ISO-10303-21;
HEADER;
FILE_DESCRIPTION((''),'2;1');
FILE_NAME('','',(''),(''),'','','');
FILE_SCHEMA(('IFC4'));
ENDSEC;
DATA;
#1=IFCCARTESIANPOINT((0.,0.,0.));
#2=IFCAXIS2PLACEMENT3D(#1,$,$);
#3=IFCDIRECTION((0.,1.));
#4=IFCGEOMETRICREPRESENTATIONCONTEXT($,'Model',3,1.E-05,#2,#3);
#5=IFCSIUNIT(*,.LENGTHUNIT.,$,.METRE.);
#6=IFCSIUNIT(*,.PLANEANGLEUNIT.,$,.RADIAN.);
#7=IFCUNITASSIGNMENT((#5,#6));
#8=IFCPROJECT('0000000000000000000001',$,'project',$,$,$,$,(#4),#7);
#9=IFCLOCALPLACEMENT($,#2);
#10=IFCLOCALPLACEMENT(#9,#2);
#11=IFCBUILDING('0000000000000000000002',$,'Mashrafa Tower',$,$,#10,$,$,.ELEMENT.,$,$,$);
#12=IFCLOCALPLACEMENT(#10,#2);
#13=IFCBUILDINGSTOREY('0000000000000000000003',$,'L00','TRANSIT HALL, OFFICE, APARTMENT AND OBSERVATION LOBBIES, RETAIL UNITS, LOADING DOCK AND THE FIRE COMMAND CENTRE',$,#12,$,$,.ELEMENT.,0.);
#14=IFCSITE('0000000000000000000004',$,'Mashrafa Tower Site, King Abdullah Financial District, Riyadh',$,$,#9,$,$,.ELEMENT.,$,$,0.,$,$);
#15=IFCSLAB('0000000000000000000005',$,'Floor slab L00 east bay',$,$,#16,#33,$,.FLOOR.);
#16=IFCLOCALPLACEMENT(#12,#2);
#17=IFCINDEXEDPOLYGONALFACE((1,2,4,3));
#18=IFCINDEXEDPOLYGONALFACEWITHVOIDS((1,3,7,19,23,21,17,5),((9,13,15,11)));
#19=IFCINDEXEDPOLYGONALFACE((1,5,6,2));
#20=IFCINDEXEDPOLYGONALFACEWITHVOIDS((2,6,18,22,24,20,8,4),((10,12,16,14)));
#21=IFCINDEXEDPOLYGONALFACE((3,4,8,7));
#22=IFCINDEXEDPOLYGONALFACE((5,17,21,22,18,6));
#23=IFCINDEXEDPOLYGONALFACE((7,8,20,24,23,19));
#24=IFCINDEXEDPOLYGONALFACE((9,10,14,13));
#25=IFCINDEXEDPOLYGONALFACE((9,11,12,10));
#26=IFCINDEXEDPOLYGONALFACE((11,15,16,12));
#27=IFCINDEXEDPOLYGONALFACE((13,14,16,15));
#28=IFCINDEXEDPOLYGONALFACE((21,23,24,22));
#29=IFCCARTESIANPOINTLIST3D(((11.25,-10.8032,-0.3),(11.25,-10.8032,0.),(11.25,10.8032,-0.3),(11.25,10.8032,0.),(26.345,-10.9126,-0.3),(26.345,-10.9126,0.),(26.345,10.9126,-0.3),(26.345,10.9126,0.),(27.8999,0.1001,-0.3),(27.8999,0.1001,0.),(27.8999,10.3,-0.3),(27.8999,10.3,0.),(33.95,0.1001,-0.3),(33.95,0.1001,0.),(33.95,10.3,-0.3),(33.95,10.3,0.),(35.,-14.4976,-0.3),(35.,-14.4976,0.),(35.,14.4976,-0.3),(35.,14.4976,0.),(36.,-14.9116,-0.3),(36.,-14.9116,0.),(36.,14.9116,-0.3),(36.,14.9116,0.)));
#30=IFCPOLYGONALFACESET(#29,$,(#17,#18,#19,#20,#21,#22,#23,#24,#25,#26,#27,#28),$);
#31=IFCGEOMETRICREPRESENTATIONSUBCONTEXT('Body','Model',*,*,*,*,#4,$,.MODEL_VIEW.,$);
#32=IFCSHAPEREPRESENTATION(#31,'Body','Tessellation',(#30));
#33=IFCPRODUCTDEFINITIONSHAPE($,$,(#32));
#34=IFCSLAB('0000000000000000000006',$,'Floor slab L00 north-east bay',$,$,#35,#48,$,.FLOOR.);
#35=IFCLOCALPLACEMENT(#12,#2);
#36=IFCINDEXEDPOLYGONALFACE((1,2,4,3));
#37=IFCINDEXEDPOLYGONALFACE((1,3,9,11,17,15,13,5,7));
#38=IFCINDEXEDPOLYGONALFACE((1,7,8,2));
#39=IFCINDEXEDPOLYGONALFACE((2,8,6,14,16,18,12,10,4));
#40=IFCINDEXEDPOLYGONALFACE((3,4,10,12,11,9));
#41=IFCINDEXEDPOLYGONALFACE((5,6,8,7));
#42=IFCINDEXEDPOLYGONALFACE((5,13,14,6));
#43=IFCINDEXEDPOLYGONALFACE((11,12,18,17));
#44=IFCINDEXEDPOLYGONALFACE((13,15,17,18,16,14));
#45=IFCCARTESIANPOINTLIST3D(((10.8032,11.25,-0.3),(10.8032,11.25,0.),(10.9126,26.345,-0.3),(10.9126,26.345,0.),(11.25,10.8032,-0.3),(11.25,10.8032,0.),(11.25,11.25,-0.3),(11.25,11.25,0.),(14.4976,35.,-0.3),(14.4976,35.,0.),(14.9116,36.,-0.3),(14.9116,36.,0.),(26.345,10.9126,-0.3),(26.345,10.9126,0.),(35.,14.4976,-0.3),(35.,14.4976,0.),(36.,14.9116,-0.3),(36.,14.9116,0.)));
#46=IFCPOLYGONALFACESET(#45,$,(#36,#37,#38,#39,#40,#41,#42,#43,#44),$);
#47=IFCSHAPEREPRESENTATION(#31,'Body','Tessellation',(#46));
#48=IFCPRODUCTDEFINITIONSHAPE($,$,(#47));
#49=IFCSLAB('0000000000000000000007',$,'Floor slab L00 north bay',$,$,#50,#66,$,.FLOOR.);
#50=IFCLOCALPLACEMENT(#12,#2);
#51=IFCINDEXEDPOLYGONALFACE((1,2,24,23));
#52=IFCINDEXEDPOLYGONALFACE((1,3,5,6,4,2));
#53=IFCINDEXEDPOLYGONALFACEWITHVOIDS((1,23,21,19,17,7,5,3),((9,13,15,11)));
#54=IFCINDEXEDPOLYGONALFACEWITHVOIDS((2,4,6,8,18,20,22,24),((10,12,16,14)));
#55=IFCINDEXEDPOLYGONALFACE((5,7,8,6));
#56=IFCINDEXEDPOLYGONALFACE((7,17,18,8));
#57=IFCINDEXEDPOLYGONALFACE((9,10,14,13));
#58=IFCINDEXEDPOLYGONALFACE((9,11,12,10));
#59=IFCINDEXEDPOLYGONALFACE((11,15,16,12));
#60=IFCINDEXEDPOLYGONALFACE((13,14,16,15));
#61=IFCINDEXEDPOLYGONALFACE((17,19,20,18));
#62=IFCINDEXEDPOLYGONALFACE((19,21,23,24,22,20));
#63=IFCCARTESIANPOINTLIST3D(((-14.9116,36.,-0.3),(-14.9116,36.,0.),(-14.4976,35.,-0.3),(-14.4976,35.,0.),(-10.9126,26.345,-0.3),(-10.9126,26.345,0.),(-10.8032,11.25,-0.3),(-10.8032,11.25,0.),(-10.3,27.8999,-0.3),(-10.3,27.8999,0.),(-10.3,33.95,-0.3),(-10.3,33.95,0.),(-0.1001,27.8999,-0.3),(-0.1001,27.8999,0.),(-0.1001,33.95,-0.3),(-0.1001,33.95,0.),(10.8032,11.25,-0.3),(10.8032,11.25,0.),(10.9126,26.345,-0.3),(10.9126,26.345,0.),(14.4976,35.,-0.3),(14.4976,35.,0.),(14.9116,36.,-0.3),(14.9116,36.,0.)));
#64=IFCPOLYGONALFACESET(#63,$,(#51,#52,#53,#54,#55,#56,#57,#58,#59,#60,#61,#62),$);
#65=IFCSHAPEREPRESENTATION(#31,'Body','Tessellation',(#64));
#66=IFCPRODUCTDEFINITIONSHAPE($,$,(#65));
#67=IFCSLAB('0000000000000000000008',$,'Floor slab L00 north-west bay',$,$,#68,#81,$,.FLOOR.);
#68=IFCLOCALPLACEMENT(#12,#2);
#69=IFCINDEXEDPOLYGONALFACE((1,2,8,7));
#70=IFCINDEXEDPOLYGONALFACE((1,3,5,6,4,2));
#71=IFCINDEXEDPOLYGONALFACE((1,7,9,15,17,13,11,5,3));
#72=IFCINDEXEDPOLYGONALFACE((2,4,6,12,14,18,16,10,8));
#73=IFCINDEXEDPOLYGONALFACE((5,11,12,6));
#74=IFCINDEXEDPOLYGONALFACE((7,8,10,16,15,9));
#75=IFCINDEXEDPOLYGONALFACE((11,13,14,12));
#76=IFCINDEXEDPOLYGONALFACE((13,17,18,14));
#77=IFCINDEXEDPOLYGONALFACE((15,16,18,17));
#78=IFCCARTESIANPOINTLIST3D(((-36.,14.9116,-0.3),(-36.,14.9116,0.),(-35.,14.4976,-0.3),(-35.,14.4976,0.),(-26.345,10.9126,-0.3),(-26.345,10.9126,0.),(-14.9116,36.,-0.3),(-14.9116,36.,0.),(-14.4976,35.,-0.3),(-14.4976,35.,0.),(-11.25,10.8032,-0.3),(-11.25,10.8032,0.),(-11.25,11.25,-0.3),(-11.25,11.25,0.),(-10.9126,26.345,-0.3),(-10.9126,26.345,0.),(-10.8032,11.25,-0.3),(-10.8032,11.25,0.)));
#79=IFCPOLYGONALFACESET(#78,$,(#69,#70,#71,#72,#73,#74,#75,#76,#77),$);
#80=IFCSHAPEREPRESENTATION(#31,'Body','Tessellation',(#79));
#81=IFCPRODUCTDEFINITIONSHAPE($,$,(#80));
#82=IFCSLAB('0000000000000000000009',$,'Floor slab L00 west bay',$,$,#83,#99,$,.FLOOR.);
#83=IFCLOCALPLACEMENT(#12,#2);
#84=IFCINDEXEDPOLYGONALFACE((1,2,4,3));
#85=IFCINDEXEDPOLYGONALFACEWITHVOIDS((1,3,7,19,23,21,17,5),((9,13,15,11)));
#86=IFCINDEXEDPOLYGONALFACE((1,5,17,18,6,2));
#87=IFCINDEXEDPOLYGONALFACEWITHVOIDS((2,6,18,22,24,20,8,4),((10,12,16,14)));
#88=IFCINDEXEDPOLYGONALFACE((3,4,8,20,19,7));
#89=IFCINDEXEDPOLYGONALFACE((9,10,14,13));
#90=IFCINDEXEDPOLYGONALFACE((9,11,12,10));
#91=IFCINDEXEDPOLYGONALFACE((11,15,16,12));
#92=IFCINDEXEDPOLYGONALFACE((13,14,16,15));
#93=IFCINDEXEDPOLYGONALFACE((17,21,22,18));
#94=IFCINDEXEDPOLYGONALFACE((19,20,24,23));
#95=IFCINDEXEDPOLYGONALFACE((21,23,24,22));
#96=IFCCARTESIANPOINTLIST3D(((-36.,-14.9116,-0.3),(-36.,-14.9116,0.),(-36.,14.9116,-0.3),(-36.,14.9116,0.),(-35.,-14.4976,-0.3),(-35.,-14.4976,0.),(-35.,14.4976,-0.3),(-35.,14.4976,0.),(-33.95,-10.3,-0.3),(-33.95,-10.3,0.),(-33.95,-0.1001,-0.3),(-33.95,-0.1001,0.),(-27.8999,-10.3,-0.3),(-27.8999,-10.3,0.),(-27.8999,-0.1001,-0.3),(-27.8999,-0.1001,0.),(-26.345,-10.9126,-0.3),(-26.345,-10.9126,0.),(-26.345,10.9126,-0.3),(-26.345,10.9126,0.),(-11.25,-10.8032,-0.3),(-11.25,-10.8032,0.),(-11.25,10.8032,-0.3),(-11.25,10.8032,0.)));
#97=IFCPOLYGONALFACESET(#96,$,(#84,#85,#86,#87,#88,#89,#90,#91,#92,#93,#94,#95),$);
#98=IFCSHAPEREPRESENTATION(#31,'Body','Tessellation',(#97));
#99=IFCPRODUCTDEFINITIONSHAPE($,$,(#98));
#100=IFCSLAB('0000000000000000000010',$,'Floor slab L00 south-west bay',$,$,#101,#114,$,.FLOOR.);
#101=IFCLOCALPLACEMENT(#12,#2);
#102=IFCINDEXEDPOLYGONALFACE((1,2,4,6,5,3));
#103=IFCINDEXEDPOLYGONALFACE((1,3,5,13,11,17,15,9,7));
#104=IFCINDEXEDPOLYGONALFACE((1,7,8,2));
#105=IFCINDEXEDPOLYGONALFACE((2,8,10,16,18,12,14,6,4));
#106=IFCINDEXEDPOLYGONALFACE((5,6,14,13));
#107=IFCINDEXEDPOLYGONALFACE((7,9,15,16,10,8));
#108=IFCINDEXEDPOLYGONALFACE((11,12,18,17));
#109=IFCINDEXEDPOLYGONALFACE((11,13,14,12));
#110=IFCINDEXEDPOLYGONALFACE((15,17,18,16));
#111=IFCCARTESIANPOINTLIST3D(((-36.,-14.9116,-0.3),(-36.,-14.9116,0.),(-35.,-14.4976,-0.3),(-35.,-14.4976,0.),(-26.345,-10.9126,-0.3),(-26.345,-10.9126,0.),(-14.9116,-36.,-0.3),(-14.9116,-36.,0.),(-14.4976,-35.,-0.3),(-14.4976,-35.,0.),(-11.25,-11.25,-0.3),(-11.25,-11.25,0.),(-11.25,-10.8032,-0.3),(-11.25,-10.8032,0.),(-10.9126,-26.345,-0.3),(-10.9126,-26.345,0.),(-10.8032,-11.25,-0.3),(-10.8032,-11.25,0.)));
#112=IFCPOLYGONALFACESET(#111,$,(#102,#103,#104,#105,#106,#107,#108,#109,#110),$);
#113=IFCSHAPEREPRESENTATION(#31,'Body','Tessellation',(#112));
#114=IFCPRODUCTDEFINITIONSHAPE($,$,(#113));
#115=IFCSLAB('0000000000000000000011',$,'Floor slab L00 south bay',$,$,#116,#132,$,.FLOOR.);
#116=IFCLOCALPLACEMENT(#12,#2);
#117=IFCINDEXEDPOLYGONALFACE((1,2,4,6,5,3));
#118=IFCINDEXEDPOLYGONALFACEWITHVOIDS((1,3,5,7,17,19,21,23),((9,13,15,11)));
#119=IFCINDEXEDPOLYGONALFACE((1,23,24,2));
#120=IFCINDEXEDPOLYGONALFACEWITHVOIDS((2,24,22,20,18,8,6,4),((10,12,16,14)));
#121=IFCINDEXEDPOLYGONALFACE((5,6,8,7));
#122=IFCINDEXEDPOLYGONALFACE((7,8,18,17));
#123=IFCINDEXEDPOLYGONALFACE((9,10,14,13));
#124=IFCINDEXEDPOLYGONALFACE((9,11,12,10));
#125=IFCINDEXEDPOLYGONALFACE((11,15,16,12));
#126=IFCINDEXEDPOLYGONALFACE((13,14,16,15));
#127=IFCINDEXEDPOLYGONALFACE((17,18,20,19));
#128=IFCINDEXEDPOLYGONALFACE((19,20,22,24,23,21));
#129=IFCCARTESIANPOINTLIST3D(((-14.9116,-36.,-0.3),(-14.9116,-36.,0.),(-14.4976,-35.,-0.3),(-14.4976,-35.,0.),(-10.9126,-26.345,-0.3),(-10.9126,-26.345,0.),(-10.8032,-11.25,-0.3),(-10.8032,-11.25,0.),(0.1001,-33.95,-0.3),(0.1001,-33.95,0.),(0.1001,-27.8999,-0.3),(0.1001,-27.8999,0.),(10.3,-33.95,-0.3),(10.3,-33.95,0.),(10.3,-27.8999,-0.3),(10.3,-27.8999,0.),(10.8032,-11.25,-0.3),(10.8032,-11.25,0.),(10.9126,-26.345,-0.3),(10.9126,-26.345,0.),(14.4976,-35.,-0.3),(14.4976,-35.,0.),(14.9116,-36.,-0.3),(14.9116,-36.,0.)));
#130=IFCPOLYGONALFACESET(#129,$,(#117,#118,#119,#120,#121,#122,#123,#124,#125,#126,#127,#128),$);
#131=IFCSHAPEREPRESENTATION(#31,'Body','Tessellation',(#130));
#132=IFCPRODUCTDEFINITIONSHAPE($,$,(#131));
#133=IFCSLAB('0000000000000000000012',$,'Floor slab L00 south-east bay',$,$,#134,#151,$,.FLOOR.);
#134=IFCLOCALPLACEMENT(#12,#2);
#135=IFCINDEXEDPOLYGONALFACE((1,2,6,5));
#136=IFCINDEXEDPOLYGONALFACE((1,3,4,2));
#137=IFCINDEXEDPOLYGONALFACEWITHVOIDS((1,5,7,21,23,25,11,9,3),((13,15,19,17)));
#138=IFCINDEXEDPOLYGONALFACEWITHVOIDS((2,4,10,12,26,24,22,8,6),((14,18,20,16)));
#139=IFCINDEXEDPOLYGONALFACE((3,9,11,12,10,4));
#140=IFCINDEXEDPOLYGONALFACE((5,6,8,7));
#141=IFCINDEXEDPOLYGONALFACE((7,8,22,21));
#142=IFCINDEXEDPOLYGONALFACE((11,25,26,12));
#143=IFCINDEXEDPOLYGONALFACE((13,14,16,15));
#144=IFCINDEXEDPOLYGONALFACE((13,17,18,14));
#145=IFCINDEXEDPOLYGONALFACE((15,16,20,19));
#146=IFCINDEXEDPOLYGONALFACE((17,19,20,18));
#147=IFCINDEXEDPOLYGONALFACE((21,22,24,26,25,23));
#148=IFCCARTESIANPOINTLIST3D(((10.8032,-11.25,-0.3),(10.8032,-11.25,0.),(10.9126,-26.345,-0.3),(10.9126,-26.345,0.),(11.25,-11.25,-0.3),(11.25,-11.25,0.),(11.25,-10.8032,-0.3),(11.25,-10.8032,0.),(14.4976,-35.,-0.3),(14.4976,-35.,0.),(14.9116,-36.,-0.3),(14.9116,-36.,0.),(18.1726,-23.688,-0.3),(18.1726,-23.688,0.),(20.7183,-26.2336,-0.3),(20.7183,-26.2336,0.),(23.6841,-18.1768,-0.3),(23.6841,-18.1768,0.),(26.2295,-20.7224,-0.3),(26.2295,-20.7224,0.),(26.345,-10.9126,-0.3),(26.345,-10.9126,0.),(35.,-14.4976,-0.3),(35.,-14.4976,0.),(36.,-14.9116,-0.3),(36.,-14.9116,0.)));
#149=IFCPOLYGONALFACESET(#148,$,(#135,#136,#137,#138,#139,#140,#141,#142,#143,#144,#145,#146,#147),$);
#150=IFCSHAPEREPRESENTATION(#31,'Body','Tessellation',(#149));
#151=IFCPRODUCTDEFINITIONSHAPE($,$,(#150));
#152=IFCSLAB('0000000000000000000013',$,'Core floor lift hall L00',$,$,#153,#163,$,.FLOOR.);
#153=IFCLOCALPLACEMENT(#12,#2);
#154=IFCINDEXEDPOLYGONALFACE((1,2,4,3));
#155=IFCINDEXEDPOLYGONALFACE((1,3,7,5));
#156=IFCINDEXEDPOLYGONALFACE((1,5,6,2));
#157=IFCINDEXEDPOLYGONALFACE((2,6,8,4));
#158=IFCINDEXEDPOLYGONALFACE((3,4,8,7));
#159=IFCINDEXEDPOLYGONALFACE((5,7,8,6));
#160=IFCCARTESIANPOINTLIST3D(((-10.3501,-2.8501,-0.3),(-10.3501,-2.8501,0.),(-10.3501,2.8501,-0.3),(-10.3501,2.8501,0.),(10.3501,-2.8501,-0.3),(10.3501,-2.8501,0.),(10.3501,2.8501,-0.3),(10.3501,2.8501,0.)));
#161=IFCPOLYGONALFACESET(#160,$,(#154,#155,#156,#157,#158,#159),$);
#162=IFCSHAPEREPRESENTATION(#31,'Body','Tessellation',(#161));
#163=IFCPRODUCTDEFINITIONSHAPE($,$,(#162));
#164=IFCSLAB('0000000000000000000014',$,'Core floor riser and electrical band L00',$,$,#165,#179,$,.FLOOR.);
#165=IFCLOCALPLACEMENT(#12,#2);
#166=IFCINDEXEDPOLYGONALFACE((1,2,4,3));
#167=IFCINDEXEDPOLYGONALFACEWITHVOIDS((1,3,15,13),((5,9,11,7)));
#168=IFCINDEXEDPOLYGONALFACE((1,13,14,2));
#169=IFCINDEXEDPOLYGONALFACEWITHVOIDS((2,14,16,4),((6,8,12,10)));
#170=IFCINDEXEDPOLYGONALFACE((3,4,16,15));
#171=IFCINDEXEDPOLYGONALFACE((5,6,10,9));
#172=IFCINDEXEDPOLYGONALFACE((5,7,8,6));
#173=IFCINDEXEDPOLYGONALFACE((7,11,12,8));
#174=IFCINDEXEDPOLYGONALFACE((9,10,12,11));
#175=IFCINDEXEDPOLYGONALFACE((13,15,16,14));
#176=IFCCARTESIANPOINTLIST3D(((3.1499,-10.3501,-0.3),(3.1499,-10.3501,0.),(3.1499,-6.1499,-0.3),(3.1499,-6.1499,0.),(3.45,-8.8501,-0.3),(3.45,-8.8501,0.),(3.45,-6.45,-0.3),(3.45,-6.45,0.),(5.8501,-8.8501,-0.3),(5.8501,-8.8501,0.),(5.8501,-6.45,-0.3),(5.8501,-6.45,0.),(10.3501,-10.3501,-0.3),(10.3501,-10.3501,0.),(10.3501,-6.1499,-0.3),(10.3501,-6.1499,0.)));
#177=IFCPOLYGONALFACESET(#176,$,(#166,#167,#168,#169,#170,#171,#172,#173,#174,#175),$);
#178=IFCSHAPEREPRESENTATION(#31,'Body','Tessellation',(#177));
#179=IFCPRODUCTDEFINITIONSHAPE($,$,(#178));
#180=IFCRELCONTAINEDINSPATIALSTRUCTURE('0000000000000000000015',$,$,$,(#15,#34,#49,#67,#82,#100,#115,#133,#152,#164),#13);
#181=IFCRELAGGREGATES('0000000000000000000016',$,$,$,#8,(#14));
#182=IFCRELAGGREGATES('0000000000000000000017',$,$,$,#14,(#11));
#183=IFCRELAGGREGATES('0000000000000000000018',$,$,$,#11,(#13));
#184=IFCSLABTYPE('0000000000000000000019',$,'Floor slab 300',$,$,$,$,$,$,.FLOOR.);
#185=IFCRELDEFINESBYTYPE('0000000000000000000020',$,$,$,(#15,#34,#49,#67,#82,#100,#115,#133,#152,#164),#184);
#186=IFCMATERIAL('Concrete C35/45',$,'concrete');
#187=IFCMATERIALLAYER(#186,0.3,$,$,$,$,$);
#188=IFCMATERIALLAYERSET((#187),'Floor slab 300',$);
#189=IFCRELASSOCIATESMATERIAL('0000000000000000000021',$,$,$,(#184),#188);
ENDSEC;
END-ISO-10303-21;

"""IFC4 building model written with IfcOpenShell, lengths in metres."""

from ifc_helpers import new_model, si_unit, direction, frame, origin, place, context, subcontext, project, spatial, polyline, outline, extrude, material, layer, layer_set, type_object, element, save


model = new_model("IFC4")

# Units and contexts
model_context = context("Model", 3, precision=1e-05, world=origin(), true_north=direction((0.0, 1.0)))
body_context = subcontext(model_context, "Body", "Model", "MODEL_VIEW")
ifc_project = project(units=[si_unit("LENGTHUNIT", "METRE"), si_unit("PLANEANGLEUNIT", "RADIAN")], contexts=[model_context])

# Site, building, storey
site_placement = place(None, origin())
site = spatial("IfcSite", under=ifc_project, at=site_placement, Name="Mashrafa Tower Site, King Abdullah Financial District, Riyadh", CompositionType="ELEMENT", RefElevation=0.0)
building_placement = place(site_placement, origin())
building = spatial("IfcBuilding", under=site, at=building_placement, Name="Mashrafa Tower", CompositionType="ELEMENT")
storey_placement = place(building_placement, origin())
storey = spatial("IfcBuildingStorey", under=building, at=storey_placement, Name="L00", Description="TRANSIT HALL, OFFICE, APARTMENT AND OBSERVATION LOBBIES, RETAIL UNITS, LOADING DOCK AND THE FIRE COMMAND CENTRE", CompositionType="ELEMENT", Elevation=0.0)

# Slabs
ifc_material_1 = material(Name="Concrete C35/45", Category="concrete")
ifc_layer_1 = layer(ifc_material_1, 0.3)
ifc_layer_set_1 = layer_set([ifc_layer_1], Name="Floor slab 300")
slab_type_1 = type_object("IfcSlabType", Name="Floor slab 300", PredefinedType="FLOOR", material=ifc_layer_set_1)
slab_1_placement = place(storey_placement, frame((0.0, 0.0, -0.3)))
element("IfcSlab", 1, at=slab_1_placement, inside=storey, type_object=slab_type_1, Name="Floor slab L00 east bay", PredefinedType="FLOOR", context=body_context, shape_type="SweptSolid", body=[
    extrude(outline(polyline([(36.0, 14.9116), (36.0, -14.9116), (36.0, -14.9116), (35.0, -14.4976), (26.345, -10.9126), (11.25, -10.8032), (11.25, 10.8032), (26.345, 10.9126), (35.0, 14.4976), (36.0, 14.9116), (36.0, 14.9116)]), holes=[polyline([(33.95, 0.1001), (33.95, 10.3), (27.8999, 10.3), (27.8999, 0.1001), (33.95, 0.1001)])]), origin(), (0.0, 0.0, 1.0), 0.3),
])
slab_2_placement = place(storey_placement, frame((0.0, 0.0, -0.3)))
element("IfcSlab", 2, at=slab_2_placement, inside=storey, type_object=slab_type_1, Name="Floor slab L00 north-east bay", PredefinedType="FLOOR", context=body_context, shape_type="SweptSolid", body=[
    extrude(outline(polyline([(36.0, 14.9116), (35.0, 14.4976), (26.345, 10.9126), (11.25, 10.8032), (11.25, 11.25), (10.8032, 11.25), (10.9126, 26.345), (14.4976, 35.0), (14.9116, 36.0), (36.0, 14.9116)])), origin(), (0.0, 0.0, 1.0), 0.3),
])
slab_3_placement = place(storey_placement, frame((0.0, 0.0, -0.3)))
element("IfcSlab", 3, at=slab_3_placement, inside=storey, type_object=slab_type_1, Name="Floor slab L00 north bay", PredefinedType="FLOOR", context=body_context, shape_type="SweptSolid", body=[
    extrude(outline(polyline([(-14.9116, 36.0), (14.9116, 36.0), (14.9116, 36.0), (14.4976, 35.0), (10.9126, 26.345), (10.8032, 11.25), (-10.8032, 11.25), (-10.9126, 26.345), (-14.4976, 35.0), (-14.9116, 36.0), (-14.9116, 36.0)]), holes=[polyline([(-0.1001, 27.8999), (-0.1001, 33.95), (-10.3, 33.95), (-10.3, 27.8999), (-0.1001, 27.8999)])]), origin(), (0.0, 0.0, 1.0), 0.3),
])
slab_4_placement = place(storey_placement, frame((0.0, 0.0, -0.3)))
element("IfcSlab", 4, at=slab_4_placement, inside=storey, type_object=slab_type_1, Name="Floor slab L00 north-west bay", PredefinedType="FLOOR", context=body_context, shape_type="SweptSolid", body=[
    extrude(outline(polyline([(-14.9116, 36.0), (-14.4976, 35.0), (-10.9126, 26.345), (-10.8032, 11.25), (-11.25, 11.25), (-11.25, 10.8032), (-26.345, 10.9126), (-35.0, 14.4976), (-36.0, 14.9116), (-14.9116, 36.0)])), origin(), (0.0, 0.0, 1.0), 0.3),
])
slab_5_placement = place(storey_placement, frame((0.0, 0.0, -0.3)))
element("IfcSlab", 5, at=slab_5_placement, inside=storey, type_object=slab_type_1, Name="Floor slab L00 west bay", PredefinedType="FLOOR", context=body_context, shape_type="SweptSolid", body=[
    extrude(outline(polyline([(-36.0, -14.9116), (-36.0, 14.9116), (-36.0, 14.9116), (-35.0, 14.4976), (-26.345, 10.9126), (-11.25, 10.8032), (-11.25, -10.8032), (-26.345, -10.9126), (-35.0, -14.4976), (-36.0, -14.9116), (-36.0, -14.9116)]), holes=[polyline([(-27.8999, -10.3), (-27.8999, -0.1001), (-33.95, -0.1001), (-33.95, -10.3), (-27.8999, -10.3)])]), origin(), (0.0, 0.0, 1.0), 0.3),
])
slab_6_placement = place(storey_placement, frame((0.0, 0.0, -0.3)))
element("IfcSlab", 6, at=slab_6_placement, inside=storey, type_object=slab_type_1, Name="Floor slab L00 south-west bay", PredefinedType="FLOOR", context=body_context, shape_type="SweptSolid", body=[
    extrude(outline(polyline([(-36.0, -14.9116), (-35.0, -14.4976), (-26.345, -10.9126), (-11.25, -10.8032), (-11.25, -11.25), (-10.8032, -11.25), (-10.9126, -26.345), (-14.4976, -35.0), (-14.9116, -36.0), (-36.0, -14.9116)])), origin(), (0.0, 0.0, 1.0), 0.3),
])
slab_7_placement = place(storey_placement, frame((0.0, 0.0, -0.3)))
element("IfcSlab", 7, at=slab_7_placement, inside=storey, type_object=slab_type_1, Name="Floor slab L00 south bay", PredefinedType="FLOOR", context=body_context, shape_type="SweptSolid", body=[
    extrude(outline(polyline([(-14.9116, -36.0), (-14.9116, -36.0), (-14.4976, -35.0), (-10.9126, -26.345), (-10.8032, -11.25), (10.8032, -11.25), (10.9126, -26.345), (14.4976, -35.0), (14.9116, -36.0), (14.9116, -36.0), (-14.9116, -36.0)]), holes=[polyline([(10.3, -33.95), (10.3, -27.8999), (0.1001, -27.8999), (0.1001, -33.95), (10.3, -33.95)])]), origin(), (0.0, 0.0, 1.0), 0.3),
])
slab_8_placement = place(storey_placement, frame((0.0, 0.0, -0.3)))
element("IfcSlab", 8, at=slab_8_placement, inside=storey, type_object=slab_type_1, Name="Floor slab L00 south-east bay", PredefinedType="FLOOR", context=body_context, shape_type="SweptSolid", body=[
    extrude(outline(polyline([(14.9116, -36.0), (14.4976, -35.0), (10.9126, -26.345), (10.8032, -11.25), (11.25, -11.25), (11.25, -10.8032), (26.345, -10.9126), (35.0, -14.4976), (36.0, -14.9116), (14.9116, -36.0)]), holes=[polyline([(18.1726, -23.688), (20.7183, -26.2336), (26.2295, -20.7224), (23.6841, -18.1768), (18.1726, -23.688)])]), origin(), (0.0, 0.0, 1.0), 0.3),
])
slab_9_placement = place(storey_placement, frame((0.0, 0.0, -0.3)))
element("IfcSlab", 9, at=slab_9_placement, inside=storey, type_object=slab_type_1, Name="Core floor lift hall L00", PredefinedType="FLOOR", context=body_context, shape_type="SweptSolid", body=[
    extrude(outline(polyline([(-10.3501, 2.8501), (10.3501, 2.8501), (10.3501, -2.8501), (-10.3501, -2.8501), (-10.3501, 2.8501)])), origin(), (0.0, 0.0, 1.0), 0.3),
])
slab_10_placement = place(storey_placement, frame((0.0, 0.0, -0.3)))
element("IfcSlab", 10, at=slab_10_placement, inside=storey, type_object=slab_type_1, Name="Core floor riser and electrical band L00", PredefinedType="FLOOR", context=body_context, shape_type="SweptSolid", body=[
    extrude(outline(polyline([(10.3501, -6.1499), (10.3501, -10.3501), (3.1499, -10.3501), (3.1499, -6.1499), (10.3501, -6.1499)]), holes=[polyline([(3.45, -8.8501), (5.8501, -8.8501), (5.8501, -6.45), (3.45, -6.45), (3.45, -8.8501)])]), origin(), (0.0, 0.0, 1.0), 0.3),
])

save(model, "model.ifc")
